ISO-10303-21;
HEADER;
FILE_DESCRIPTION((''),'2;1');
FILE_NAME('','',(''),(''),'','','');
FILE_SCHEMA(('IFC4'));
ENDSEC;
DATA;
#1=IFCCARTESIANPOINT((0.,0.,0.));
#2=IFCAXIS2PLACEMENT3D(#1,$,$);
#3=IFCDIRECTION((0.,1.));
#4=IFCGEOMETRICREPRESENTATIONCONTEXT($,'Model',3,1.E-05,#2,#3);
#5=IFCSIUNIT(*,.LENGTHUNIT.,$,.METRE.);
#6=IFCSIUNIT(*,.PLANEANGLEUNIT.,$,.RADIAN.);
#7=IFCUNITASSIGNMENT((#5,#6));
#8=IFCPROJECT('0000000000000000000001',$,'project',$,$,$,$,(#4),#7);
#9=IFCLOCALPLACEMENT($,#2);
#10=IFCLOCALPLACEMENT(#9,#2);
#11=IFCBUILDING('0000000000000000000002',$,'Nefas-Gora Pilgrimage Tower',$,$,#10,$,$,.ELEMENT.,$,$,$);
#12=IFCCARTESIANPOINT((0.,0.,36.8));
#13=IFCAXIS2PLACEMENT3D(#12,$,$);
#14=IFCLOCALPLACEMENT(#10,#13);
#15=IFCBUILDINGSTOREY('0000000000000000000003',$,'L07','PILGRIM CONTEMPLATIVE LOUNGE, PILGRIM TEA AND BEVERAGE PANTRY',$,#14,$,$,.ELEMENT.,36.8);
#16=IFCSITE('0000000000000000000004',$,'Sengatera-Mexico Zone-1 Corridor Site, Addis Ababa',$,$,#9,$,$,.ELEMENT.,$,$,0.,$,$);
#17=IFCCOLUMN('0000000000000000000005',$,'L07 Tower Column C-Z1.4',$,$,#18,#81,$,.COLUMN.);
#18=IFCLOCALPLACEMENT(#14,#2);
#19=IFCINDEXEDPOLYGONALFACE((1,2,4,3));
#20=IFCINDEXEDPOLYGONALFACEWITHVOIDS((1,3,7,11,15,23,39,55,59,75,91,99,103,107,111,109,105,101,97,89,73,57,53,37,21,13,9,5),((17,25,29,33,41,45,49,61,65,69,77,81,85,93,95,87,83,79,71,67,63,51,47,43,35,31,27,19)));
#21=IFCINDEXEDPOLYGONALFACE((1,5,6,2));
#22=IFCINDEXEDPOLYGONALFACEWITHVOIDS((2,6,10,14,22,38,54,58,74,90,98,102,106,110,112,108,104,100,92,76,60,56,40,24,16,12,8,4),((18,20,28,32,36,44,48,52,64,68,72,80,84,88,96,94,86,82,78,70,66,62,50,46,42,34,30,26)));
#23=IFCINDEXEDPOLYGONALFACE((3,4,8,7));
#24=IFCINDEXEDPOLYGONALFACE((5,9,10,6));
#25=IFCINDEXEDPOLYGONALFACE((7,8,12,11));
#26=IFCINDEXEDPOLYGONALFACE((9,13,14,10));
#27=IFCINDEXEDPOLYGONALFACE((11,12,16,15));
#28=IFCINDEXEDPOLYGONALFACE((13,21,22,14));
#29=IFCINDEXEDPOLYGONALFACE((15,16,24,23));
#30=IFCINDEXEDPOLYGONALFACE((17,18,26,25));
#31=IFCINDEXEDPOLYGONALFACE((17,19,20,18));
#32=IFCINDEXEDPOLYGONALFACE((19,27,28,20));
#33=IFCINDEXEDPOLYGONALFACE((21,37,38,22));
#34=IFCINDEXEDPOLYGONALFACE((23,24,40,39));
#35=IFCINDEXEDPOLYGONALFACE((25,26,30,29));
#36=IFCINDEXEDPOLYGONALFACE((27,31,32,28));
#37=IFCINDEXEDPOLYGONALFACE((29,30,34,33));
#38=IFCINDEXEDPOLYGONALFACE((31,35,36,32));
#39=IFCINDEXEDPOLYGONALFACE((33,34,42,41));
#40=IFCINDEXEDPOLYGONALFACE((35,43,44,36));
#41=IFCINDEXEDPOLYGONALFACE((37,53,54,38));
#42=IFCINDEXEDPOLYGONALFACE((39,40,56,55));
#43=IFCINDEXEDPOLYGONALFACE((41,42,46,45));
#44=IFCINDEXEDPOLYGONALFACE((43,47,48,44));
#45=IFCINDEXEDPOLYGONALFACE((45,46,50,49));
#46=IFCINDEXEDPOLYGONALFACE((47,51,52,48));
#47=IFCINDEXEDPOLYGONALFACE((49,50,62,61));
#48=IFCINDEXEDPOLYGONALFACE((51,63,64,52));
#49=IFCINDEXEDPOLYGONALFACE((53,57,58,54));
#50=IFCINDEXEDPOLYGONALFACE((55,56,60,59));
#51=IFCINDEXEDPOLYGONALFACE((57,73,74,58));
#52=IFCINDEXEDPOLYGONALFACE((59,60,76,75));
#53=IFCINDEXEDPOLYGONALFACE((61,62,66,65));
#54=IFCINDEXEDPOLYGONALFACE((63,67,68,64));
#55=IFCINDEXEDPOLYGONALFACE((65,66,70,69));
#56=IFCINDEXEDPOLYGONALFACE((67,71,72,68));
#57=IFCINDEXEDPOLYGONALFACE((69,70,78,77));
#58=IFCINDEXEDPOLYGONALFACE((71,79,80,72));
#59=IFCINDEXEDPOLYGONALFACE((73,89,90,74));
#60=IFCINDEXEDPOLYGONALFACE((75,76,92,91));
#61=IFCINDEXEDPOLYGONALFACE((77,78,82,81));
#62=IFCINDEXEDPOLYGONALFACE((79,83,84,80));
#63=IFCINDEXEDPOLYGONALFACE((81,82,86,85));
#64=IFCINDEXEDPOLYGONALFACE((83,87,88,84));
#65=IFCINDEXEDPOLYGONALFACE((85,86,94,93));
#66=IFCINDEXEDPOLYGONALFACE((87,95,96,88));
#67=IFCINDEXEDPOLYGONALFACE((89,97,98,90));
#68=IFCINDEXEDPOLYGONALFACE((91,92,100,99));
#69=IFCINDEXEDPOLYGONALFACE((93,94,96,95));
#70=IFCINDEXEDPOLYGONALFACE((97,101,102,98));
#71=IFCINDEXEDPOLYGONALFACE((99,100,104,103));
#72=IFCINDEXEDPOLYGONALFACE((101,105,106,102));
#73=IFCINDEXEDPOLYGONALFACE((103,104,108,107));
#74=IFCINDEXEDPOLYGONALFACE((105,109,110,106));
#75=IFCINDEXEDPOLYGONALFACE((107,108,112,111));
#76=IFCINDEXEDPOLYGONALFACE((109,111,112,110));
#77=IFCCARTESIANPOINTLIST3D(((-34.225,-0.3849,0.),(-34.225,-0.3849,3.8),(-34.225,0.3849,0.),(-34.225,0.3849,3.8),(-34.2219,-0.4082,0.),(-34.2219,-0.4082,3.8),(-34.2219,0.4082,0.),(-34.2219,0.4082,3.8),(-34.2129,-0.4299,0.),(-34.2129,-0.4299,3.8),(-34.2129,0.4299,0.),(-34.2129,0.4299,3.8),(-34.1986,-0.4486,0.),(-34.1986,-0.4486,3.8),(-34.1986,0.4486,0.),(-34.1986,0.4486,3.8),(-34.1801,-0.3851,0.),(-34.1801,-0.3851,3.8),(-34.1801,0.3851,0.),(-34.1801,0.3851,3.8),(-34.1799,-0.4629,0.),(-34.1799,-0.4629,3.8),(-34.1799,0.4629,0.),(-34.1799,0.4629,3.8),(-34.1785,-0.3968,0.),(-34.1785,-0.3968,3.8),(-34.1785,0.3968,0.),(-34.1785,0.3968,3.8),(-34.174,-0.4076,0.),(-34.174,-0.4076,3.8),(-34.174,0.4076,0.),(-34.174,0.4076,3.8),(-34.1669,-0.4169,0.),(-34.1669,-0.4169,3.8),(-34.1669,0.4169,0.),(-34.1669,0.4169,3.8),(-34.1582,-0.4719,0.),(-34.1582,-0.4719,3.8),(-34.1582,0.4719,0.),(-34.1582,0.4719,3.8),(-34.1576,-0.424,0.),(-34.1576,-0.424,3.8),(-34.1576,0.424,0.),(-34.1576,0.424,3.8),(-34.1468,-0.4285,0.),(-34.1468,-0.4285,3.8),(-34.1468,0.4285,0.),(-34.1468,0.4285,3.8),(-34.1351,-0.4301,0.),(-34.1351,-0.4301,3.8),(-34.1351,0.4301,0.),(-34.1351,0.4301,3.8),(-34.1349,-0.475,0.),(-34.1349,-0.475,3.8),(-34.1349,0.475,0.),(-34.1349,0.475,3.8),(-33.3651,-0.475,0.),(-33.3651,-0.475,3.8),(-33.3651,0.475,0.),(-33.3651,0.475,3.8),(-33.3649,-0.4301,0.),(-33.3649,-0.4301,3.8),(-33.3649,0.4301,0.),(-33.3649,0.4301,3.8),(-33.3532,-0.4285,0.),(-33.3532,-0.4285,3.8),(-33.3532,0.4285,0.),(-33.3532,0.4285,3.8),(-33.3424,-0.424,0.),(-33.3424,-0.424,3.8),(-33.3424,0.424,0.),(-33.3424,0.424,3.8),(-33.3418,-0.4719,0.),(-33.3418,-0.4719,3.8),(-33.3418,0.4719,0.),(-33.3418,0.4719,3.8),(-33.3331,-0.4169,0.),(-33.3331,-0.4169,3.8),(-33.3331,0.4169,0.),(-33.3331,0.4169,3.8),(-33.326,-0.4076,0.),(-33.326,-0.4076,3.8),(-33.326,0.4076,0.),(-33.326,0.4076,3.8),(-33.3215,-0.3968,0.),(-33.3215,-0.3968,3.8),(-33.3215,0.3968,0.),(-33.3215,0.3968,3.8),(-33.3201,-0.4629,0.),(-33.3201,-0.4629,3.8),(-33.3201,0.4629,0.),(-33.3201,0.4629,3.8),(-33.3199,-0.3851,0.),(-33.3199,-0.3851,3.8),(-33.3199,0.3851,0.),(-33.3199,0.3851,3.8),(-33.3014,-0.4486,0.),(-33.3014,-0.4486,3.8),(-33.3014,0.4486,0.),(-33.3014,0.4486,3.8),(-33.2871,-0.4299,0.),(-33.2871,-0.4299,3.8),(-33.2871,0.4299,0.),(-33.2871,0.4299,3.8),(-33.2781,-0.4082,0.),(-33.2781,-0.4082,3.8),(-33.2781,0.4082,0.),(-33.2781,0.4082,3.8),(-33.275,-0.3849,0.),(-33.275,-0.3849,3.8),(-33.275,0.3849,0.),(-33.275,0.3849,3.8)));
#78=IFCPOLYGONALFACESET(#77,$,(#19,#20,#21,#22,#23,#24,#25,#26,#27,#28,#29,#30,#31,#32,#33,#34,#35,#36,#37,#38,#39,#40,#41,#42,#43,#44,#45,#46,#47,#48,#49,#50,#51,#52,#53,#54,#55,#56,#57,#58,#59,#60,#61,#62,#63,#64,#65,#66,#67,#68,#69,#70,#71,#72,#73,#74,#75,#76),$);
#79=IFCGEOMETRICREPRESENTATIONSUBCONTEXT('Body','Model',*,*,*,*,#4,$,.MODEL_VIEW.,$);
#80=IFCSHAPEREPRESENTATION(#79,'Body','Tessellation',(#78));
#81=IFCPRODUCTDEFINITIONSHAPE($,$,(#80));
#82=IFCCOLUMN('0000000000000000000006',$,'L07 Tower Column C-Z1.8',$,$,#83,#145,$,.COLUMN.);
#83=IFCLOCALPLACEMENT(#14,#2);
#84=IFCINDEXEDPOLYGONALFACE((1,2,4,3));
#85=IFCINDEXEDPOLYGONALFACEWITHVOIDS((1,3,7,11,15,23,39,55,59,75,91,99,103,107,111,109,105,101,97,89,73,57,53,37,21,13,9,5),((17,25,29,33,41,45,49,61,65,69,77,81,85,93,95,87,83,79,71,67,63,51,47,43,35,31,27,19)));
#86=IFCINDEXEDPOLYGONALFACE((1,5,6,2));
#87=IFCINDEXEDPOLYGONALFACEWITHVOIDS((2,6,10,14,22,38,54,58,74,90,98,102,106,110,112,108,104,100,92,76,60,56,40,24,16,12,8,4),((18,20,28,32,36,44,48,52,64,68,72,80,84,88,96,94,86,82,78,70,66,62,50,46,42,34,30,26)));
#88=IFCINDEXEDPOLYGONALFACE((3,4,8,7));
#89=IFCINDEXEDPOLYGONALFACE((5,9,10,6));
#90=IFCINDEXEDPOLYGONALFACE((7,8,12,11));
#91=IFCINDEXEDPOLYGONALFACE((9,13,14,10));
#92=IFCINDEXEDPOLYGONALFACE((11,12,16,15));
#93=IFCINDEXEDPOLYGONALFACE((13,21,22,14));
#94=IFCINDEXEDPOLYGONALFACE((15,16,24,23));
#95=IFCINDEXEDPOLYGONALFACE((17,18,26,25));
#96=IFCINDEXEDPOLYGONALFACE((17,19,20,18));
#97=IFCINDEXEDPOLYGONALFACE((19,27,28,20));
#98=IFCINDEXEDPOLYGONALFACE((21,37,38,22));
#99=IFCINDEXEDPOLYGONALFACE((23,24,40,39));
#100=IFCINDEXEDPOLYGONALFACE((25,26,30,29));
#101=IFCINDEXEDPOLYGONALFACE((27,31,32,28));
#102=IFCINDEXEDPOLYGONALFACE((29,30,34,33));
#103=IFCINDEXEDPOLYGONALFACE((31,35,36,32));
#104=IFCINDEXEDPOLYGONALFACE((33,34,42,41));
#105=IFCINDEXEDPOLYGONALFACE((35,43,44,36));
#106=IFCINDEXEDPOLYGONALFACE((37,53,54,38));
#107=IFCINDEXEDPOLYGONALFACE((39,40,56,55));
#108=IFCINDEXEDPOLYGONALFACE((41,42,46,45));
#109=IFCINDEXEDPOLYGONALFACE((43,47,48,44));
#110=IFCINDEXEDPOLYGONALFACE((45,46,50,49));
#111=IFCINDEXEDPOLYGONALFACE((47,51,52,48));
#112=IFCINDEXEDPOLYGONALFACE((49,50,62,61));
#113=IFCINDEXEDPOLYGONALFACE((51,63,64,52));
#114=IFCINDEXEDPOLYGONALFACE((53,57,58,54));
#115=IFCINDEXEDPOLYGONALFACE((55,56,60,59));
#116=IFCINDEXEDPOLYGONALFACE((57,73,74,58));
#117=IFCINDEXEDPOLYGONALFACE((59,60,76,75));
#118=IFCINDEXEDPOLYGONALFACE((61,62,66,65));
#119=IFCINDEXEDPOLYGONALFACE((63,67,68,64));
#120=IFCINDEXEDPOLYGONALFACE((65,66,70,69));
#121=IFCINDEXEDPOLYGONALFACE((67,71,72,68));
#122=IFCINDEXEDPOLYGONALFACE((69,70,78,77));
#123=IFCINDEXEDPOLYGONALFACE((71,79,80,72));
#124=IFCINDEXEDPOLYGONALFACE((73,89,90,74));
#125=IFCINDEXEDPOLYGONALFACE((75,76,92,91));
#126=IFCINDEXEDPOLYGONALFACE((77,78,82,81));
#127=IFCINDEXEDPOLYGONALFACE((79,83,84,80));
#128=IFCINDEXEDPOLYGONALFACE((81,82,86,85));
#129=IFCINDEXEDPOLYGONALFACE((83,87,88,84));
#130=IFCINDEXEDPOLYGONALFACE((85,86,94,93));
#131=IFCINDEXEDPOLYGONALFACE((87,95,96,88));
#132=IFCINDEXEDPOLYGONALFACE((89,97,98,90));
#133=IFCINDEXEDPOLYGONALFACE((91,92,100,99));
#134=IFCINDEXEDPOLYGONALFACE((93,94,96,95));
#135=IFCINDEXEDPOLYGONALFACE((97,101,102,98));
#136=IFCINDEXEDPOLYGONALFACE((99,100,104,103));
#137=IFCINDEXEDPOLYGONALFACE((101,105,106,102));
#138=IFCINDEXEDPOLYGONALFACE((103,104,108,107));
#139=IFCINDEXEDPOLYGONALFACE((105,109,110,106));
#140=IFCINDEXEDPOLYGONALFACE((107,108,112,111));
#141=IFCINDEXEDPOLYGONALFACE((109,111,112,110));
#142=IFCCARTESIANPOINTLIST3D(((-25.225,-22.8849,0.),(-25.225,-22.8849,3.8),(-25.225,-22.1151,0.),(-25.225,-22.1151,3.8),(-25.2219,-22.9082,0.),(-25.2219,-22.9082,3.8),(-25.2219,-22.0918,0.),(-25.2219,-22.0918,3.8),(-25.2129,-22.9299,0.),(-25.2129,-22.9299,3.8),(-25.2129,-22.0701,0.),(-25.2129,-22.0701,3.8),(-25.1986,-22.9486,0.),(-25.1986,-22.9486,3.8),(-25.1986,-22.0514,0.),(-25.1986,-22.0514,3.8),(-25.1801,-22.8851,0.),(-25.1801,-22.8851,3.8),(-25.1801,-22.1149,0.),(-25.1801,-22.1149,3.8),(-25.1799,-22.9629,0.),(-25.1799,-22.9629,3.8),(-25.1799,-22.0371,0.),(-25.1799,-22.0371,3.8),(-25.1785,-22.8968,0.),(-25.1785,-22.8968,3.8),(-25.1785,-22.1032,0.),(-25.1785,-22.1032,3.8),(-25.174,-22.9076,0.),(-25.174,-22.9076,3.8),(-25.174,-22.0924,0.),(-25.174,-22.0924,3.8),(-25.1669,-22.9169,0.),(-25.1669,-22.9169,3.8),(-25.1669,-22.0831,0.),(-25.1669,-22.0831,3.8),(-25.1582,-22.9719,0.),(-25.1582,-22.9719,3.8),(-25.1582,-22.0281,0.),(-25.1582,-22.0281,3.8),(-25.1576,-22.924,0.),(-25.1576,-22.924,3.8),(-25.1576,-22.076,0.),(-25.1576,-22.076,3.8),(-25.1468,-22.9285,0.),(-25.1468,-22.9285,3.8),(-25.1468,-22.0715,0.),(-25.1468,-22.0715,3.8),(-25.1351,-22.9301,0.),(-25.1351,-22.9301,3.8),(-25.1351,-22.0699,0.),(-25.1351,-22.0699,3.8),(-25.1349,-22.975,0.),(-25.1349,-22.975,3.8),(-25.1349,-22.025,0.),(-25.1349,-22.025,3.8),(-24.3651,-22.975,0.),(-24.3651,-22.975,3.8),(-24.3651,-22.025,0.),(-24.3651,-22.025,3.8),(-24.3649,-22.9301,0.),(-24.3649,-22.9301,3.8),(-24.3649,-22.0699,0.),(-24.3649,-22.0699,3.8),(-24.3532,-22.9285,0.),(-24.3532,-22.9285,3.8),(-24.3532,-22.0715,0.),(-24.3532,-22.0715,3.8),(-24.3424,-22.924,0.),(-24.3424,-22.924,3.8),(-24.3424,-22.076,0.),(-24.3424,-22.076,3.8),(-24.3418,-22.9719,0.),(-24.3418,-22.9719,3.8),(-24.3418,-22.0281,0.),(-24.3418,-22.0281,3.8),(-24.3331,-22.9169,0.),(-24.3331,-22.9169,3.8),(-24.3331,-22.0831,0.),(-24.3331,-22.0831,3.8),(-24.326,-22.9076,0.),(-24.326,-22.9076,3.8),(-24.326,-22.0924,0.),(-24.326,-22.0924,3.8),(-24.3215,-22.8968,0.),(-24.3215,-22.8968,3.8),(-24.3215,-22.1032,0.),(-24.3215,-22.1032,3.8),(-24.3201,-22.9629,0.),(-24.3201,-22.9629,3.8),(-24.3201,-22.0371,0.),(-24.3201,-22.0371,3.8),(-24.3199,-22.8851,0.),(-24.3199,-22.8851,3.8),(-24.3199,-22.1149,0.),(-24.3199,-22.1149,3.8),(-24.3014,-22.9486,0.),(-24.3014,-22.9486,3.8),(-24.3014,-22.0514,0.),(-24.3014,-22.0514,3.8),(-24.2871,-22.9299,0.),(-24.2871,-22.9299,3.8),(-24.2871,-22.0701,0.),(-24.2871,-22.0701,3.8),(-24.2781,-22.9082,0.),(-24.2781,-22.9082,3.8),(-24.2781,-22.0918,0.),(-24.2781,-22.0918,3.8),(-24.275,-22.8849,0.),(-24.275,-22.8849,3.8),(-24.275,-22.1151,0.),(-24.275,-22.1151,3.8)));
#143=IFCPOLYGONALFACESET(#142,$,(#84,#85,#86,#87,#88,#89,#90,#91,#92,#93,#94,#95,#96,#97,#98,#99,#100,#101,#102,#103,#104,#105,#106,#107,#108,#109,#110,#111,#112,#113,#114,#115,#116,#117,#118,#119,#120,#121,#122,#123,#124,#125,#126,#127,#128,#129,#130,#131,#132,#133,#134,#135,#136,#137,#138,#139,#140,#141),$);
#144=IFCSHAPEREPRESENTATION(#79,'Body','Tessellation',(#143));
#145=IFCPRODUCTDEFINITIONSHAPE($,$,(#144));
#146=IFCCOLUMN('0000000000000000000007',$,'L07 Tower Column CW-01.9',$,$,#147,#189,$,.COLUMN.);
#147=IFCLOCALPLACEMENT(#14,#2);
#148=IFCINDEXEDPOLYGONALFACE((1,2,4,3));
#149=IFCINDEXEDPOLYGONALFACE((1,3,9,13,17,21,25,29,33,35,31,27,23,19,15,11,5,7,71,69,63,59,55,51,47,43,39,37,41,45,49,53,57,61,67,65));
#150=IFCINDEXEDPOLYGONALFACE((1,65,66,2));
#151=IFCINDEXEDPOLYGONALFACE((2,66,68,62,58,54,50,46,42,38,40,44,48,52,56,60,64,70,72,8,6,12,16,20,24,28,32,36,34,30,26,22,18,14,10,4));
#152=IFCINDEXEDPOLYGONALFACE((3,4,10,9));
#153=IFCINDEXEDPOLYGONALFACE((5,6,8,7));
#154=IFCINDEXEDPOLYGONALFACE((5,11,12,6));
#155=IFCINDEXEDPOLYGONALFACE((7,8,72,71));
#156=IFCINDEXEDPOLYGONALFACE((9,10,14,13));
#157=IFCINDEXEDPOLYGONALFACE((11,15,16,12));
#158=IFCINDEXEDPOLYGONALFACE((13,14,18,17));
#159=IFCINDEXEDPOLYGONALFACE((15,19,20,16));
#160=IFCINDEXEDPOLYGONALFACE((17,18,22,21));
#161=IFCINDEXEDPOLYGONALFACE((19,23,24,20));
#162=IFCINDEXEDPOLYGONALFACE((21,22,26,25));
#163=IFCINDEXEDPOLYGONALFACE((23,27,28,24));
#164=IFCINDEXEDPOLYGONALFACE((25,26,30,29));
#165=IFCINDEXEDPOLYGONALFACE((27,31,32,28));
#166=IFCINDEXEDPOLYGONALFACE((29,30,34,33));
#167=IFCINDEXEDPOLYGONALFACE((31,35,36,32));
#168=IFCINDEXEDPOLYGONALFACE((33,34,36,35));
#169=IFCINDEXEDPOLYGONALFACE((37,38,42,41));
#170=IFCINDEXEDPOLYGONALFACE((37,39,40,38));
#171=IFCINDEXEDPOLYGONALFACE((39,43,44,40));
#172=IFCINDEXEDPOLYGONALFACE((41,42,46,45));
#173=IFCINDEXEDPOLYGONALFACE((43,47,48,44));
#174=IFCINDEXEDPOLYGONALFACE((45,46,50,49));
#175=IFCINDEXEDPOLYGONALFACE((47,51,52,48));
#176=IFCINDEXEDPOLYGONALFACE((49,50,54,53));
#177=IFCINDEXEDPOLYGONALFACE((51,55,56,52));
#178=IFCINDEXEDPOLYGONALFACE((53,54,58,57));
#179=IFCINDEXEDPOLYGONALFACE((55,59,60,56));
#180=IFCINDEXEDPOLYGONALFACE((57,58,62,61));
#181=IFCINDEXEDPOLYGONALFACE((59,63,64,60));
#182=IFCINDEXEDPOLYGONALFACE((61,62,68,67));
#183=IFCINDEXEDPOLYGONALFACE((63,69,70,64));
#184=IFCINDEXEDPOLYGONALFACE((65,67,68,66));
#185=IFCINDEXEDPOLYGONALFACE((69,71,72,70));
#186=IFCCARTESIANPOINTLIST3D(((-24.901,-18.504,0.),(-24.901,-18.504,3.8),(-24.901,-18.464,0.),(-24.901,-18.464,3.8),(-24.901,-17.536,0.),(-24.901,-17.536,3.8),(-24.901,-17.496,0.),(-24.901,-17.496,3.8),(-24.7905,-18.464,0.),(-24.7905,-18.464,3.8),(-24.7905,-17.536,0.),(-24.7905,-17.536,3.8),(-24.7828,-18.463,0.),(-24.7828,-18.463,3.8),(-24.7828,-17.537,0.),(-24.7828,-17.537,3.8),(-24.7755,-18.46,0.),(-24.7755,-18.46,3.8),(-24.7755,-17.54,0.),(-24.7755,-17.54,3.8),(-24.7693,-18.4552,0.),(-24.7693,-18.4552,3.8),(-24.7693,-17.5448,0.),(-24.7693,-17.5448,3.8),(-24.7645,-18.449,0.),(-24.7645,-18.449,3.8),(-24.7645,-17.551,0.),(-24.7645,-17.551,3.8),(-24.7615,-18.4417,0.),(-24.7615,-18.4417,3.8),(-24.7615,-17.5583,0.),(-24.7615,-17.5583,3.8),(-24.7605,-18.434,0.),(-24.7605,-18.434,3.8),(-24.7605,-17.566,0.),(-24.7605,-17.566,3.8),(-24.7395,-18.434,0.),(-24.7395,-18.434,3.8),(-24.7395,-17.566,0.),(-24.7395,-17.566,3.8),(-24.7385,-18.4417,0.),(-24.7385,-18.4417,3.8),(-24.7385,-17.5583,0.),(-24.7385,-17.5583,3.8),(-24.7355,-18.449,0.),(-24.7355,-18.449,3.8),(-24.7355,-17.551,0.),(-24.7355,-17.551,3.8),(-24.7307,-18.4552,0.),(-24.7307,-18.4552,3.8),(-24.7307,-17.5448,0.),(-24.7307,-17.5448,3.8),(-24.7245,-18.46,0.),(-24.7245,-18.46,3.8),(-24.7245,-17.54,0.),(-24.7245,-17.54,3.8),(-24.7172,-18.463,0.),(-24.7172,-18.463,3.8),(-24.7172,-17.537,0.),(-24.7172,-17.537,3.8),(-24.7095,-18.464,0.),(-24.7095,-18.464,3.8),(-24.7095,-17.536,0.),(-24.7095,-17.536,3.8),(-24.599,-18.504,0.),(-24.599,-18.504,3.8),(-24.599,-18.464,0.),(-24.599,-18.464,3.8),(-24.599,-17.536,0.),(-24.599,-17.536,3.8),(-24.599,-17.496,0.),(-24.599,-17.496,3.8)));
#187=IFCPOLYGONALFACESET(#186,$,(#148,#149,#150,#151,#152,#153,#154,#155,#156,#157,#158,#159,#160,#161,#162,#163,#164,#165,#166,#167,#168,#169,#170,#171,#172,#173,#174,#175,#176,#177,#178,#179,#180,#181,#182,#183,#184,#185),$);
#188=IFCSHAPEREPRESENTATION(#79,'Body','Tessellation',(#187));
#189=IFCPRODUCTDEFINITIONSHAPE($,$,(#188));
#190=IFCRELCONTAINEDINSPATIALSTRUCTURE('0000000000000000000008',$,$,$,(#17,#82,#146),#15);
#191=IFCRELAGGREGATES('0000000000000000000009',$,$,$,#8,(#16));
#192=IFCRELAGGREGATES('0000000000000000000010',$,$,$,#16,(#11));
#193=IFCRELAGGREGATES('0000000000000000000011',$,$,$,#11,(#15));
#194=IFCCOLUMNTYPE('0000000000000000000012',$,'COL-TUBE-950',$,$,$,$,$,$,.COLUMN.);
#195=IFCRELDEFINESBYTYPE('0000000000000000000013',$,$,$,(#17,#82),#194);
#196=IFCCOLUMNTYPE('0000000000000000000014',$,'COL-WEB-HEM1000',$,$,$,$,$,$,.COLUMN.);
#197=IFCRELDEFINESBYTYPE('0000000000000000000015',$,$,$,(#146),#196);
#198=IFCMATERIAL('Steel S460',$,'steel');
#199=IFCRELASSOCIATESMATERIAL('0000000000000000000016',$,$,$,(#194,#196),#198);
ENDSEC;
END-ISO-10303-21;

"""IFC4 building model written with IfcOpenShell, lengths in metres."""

from ifc_helpers import new_model, si_unit, direction, frame, origin, origin_2d, place, context, subcontext, project, spatial, hollow_rectangle, i_section, extrude, source, transform, mapped, material, material_profile, profile_set, type_object, element, save


model = new_model("IFC4")

# Units and contexts
model_context = context("Model", 3, precision=1e-05, world=origin(), true_north=direction((0.0, 1.0)))
body_context = subcontext(model_context, "Body", "Model", "MODEL_VIEW")
ifc_project = project(units=[si_unit("LENGTHUNIT", "METRE"), si_unit("PLANEANGLEUNIT", "RADIAN")], contexts=[model_context])

# Site, building, storey
site_placement = place(None, origin())
site = spatial("IfcSite", under=ifc_project, at=site_placement, Name="Sengatera-Mexico Zone-1 Corridor Site, Addis Ababa", CompositionType="ELEMENT", RefElevation=0.0)
building_placement = place(site_placement, origin())
building = spatial("IfcBuilding", under=site, at=building_placement, Name="Nefas-Gora Pilgrimage Tower", CompositionType="ELEMENT")
storey_placement = place(building_placement, frame((0.0, 0.0, 36.8)))
storey = spatial("IfcBuildingStorey", under=building, at=storey_placement, Name="L07", Description="PILGRIM CONTEMPLATIVE LOUNGE, PILGRIM TEA AND BEVERAGE PANTRY", CompositionType="ELEMENT", Elevation=36.8)

# Columns
ifc_material_1 = material(Name="Steel S460", Category="steel")
ifc_material_profile_1 = material_profile(ifc_material_1, hollow_rectangle(XDim=0.95, YDim=0.95, WallThickness=0.0449, InnerFilletRadius=0.0449, OuterFilletRadius=0.0901, at=origin_2d()), Name="BOX 950x950x45")
ifc_profile_set_1 = profile_set([ifc_material_profile_1], Name="Steel S460")
column_type_1 = type_object("IfcColumnType", Name="COL-TUBE-950", PredefinedType="COLUMN", material=ifc_profile_set_1)
shared_shape_1 = source(origin(), body_context, "Body", "SweptSolid", [
    extrude(hollow_rectangle(XDim=0.95, YDim=0.95, WallThickness=0.0449, InnerFilletRadius=0.0449, OuterFilletRadius=0.0901, at=origin_2d()), origin(), (0.0, 0.0, 1.0), 3.8),
])
for number, where, z_axis, x_axis, name in (
    (1, (-33.75, 0.0, 0.0), (0.0, 0.0, 1.0), (1.0, 0.0, 0.0), "L07 Tower Column C-Z1.4"),
    (2, (-24.75, -22.5, 0.0), (0.0, 0.0, 1.0), (1.0, 0.0, 0.0), "L07 Tower Column C-Z1.8"),
):
    element("IfcColumn", number, at=place(storey_placement, frame(where, z_axis=z_axis, x_axis=x_axis)), inside=storey, type_object=column_type_1, Name=name, PredefinedType="COLUMN", context=body_context, shape_type="MappedRepresentation", body=[
        mapped(shared_shape_1, transform((0.0, 0.0, 0.0), x_axis=(1.0, 0.0, 0.0), y_axis=(0.0, 1.0, 0.0), z_axis=(0.0, 0.0, 1.0), scale=1.0)),
    ])
ifc_material_profile_2 = material_profile(ifc_material_1, i_section(OverallWidth=0.302, OverallDepth=1.0081, WebThickness=0.021, FlangeThickness=0.04, FilletRadius=0.03, at=origin_2d()), Name="HEM 1000")
ifc_profile_set_2 = profile_set([ifc_material_profile_2], Name="Steel S460")
column_type_2 = type_object("IfcColumnType", Name="COL-WEB-HEM1000", PredefinedType="COLUMN", material=ifc_profile_set_2)
shared_shape_2 = source(origin(), body_context, "Body", "SweptSolid", [
    extrude(i_section(OverallWidth=0.302, OverallDepth=1.0081, WebThickness=0.021, FlangeThickness=0.04, FilletRadius=0.03, at=origin_2d()), origin(), (0.0, 0.0, 1.0), 3.8),
])
for number, where, z_axis, x_axis, name in (
    (3, (-24.75, -18.0, 0.0), (0.0, 0.0, 1.0), (1.0, 0.0, 0.0), "L07 Tower Column CW-01.9"),
):
    element("IfcColumn", number, at=place(storey_placement, frame(where, z_axis=z_axis, x_axis=x_axis)), inside=storey, type_object=column_type_2, Name=name, PredefinedType="COLUMN", context=body_context, shape_type="MappedRepresentation", body=[
        mapped(shared_shape_2, transform((0.0, 0.0, 0.0), x_axis=(1.0, 0.0, 0.0), y_axis=(0.0, 1.0, 0.0), z_axis=(0.0, 0.0, 1.0), scale=1.0)),
    ])

save(model, "model.ifc")
